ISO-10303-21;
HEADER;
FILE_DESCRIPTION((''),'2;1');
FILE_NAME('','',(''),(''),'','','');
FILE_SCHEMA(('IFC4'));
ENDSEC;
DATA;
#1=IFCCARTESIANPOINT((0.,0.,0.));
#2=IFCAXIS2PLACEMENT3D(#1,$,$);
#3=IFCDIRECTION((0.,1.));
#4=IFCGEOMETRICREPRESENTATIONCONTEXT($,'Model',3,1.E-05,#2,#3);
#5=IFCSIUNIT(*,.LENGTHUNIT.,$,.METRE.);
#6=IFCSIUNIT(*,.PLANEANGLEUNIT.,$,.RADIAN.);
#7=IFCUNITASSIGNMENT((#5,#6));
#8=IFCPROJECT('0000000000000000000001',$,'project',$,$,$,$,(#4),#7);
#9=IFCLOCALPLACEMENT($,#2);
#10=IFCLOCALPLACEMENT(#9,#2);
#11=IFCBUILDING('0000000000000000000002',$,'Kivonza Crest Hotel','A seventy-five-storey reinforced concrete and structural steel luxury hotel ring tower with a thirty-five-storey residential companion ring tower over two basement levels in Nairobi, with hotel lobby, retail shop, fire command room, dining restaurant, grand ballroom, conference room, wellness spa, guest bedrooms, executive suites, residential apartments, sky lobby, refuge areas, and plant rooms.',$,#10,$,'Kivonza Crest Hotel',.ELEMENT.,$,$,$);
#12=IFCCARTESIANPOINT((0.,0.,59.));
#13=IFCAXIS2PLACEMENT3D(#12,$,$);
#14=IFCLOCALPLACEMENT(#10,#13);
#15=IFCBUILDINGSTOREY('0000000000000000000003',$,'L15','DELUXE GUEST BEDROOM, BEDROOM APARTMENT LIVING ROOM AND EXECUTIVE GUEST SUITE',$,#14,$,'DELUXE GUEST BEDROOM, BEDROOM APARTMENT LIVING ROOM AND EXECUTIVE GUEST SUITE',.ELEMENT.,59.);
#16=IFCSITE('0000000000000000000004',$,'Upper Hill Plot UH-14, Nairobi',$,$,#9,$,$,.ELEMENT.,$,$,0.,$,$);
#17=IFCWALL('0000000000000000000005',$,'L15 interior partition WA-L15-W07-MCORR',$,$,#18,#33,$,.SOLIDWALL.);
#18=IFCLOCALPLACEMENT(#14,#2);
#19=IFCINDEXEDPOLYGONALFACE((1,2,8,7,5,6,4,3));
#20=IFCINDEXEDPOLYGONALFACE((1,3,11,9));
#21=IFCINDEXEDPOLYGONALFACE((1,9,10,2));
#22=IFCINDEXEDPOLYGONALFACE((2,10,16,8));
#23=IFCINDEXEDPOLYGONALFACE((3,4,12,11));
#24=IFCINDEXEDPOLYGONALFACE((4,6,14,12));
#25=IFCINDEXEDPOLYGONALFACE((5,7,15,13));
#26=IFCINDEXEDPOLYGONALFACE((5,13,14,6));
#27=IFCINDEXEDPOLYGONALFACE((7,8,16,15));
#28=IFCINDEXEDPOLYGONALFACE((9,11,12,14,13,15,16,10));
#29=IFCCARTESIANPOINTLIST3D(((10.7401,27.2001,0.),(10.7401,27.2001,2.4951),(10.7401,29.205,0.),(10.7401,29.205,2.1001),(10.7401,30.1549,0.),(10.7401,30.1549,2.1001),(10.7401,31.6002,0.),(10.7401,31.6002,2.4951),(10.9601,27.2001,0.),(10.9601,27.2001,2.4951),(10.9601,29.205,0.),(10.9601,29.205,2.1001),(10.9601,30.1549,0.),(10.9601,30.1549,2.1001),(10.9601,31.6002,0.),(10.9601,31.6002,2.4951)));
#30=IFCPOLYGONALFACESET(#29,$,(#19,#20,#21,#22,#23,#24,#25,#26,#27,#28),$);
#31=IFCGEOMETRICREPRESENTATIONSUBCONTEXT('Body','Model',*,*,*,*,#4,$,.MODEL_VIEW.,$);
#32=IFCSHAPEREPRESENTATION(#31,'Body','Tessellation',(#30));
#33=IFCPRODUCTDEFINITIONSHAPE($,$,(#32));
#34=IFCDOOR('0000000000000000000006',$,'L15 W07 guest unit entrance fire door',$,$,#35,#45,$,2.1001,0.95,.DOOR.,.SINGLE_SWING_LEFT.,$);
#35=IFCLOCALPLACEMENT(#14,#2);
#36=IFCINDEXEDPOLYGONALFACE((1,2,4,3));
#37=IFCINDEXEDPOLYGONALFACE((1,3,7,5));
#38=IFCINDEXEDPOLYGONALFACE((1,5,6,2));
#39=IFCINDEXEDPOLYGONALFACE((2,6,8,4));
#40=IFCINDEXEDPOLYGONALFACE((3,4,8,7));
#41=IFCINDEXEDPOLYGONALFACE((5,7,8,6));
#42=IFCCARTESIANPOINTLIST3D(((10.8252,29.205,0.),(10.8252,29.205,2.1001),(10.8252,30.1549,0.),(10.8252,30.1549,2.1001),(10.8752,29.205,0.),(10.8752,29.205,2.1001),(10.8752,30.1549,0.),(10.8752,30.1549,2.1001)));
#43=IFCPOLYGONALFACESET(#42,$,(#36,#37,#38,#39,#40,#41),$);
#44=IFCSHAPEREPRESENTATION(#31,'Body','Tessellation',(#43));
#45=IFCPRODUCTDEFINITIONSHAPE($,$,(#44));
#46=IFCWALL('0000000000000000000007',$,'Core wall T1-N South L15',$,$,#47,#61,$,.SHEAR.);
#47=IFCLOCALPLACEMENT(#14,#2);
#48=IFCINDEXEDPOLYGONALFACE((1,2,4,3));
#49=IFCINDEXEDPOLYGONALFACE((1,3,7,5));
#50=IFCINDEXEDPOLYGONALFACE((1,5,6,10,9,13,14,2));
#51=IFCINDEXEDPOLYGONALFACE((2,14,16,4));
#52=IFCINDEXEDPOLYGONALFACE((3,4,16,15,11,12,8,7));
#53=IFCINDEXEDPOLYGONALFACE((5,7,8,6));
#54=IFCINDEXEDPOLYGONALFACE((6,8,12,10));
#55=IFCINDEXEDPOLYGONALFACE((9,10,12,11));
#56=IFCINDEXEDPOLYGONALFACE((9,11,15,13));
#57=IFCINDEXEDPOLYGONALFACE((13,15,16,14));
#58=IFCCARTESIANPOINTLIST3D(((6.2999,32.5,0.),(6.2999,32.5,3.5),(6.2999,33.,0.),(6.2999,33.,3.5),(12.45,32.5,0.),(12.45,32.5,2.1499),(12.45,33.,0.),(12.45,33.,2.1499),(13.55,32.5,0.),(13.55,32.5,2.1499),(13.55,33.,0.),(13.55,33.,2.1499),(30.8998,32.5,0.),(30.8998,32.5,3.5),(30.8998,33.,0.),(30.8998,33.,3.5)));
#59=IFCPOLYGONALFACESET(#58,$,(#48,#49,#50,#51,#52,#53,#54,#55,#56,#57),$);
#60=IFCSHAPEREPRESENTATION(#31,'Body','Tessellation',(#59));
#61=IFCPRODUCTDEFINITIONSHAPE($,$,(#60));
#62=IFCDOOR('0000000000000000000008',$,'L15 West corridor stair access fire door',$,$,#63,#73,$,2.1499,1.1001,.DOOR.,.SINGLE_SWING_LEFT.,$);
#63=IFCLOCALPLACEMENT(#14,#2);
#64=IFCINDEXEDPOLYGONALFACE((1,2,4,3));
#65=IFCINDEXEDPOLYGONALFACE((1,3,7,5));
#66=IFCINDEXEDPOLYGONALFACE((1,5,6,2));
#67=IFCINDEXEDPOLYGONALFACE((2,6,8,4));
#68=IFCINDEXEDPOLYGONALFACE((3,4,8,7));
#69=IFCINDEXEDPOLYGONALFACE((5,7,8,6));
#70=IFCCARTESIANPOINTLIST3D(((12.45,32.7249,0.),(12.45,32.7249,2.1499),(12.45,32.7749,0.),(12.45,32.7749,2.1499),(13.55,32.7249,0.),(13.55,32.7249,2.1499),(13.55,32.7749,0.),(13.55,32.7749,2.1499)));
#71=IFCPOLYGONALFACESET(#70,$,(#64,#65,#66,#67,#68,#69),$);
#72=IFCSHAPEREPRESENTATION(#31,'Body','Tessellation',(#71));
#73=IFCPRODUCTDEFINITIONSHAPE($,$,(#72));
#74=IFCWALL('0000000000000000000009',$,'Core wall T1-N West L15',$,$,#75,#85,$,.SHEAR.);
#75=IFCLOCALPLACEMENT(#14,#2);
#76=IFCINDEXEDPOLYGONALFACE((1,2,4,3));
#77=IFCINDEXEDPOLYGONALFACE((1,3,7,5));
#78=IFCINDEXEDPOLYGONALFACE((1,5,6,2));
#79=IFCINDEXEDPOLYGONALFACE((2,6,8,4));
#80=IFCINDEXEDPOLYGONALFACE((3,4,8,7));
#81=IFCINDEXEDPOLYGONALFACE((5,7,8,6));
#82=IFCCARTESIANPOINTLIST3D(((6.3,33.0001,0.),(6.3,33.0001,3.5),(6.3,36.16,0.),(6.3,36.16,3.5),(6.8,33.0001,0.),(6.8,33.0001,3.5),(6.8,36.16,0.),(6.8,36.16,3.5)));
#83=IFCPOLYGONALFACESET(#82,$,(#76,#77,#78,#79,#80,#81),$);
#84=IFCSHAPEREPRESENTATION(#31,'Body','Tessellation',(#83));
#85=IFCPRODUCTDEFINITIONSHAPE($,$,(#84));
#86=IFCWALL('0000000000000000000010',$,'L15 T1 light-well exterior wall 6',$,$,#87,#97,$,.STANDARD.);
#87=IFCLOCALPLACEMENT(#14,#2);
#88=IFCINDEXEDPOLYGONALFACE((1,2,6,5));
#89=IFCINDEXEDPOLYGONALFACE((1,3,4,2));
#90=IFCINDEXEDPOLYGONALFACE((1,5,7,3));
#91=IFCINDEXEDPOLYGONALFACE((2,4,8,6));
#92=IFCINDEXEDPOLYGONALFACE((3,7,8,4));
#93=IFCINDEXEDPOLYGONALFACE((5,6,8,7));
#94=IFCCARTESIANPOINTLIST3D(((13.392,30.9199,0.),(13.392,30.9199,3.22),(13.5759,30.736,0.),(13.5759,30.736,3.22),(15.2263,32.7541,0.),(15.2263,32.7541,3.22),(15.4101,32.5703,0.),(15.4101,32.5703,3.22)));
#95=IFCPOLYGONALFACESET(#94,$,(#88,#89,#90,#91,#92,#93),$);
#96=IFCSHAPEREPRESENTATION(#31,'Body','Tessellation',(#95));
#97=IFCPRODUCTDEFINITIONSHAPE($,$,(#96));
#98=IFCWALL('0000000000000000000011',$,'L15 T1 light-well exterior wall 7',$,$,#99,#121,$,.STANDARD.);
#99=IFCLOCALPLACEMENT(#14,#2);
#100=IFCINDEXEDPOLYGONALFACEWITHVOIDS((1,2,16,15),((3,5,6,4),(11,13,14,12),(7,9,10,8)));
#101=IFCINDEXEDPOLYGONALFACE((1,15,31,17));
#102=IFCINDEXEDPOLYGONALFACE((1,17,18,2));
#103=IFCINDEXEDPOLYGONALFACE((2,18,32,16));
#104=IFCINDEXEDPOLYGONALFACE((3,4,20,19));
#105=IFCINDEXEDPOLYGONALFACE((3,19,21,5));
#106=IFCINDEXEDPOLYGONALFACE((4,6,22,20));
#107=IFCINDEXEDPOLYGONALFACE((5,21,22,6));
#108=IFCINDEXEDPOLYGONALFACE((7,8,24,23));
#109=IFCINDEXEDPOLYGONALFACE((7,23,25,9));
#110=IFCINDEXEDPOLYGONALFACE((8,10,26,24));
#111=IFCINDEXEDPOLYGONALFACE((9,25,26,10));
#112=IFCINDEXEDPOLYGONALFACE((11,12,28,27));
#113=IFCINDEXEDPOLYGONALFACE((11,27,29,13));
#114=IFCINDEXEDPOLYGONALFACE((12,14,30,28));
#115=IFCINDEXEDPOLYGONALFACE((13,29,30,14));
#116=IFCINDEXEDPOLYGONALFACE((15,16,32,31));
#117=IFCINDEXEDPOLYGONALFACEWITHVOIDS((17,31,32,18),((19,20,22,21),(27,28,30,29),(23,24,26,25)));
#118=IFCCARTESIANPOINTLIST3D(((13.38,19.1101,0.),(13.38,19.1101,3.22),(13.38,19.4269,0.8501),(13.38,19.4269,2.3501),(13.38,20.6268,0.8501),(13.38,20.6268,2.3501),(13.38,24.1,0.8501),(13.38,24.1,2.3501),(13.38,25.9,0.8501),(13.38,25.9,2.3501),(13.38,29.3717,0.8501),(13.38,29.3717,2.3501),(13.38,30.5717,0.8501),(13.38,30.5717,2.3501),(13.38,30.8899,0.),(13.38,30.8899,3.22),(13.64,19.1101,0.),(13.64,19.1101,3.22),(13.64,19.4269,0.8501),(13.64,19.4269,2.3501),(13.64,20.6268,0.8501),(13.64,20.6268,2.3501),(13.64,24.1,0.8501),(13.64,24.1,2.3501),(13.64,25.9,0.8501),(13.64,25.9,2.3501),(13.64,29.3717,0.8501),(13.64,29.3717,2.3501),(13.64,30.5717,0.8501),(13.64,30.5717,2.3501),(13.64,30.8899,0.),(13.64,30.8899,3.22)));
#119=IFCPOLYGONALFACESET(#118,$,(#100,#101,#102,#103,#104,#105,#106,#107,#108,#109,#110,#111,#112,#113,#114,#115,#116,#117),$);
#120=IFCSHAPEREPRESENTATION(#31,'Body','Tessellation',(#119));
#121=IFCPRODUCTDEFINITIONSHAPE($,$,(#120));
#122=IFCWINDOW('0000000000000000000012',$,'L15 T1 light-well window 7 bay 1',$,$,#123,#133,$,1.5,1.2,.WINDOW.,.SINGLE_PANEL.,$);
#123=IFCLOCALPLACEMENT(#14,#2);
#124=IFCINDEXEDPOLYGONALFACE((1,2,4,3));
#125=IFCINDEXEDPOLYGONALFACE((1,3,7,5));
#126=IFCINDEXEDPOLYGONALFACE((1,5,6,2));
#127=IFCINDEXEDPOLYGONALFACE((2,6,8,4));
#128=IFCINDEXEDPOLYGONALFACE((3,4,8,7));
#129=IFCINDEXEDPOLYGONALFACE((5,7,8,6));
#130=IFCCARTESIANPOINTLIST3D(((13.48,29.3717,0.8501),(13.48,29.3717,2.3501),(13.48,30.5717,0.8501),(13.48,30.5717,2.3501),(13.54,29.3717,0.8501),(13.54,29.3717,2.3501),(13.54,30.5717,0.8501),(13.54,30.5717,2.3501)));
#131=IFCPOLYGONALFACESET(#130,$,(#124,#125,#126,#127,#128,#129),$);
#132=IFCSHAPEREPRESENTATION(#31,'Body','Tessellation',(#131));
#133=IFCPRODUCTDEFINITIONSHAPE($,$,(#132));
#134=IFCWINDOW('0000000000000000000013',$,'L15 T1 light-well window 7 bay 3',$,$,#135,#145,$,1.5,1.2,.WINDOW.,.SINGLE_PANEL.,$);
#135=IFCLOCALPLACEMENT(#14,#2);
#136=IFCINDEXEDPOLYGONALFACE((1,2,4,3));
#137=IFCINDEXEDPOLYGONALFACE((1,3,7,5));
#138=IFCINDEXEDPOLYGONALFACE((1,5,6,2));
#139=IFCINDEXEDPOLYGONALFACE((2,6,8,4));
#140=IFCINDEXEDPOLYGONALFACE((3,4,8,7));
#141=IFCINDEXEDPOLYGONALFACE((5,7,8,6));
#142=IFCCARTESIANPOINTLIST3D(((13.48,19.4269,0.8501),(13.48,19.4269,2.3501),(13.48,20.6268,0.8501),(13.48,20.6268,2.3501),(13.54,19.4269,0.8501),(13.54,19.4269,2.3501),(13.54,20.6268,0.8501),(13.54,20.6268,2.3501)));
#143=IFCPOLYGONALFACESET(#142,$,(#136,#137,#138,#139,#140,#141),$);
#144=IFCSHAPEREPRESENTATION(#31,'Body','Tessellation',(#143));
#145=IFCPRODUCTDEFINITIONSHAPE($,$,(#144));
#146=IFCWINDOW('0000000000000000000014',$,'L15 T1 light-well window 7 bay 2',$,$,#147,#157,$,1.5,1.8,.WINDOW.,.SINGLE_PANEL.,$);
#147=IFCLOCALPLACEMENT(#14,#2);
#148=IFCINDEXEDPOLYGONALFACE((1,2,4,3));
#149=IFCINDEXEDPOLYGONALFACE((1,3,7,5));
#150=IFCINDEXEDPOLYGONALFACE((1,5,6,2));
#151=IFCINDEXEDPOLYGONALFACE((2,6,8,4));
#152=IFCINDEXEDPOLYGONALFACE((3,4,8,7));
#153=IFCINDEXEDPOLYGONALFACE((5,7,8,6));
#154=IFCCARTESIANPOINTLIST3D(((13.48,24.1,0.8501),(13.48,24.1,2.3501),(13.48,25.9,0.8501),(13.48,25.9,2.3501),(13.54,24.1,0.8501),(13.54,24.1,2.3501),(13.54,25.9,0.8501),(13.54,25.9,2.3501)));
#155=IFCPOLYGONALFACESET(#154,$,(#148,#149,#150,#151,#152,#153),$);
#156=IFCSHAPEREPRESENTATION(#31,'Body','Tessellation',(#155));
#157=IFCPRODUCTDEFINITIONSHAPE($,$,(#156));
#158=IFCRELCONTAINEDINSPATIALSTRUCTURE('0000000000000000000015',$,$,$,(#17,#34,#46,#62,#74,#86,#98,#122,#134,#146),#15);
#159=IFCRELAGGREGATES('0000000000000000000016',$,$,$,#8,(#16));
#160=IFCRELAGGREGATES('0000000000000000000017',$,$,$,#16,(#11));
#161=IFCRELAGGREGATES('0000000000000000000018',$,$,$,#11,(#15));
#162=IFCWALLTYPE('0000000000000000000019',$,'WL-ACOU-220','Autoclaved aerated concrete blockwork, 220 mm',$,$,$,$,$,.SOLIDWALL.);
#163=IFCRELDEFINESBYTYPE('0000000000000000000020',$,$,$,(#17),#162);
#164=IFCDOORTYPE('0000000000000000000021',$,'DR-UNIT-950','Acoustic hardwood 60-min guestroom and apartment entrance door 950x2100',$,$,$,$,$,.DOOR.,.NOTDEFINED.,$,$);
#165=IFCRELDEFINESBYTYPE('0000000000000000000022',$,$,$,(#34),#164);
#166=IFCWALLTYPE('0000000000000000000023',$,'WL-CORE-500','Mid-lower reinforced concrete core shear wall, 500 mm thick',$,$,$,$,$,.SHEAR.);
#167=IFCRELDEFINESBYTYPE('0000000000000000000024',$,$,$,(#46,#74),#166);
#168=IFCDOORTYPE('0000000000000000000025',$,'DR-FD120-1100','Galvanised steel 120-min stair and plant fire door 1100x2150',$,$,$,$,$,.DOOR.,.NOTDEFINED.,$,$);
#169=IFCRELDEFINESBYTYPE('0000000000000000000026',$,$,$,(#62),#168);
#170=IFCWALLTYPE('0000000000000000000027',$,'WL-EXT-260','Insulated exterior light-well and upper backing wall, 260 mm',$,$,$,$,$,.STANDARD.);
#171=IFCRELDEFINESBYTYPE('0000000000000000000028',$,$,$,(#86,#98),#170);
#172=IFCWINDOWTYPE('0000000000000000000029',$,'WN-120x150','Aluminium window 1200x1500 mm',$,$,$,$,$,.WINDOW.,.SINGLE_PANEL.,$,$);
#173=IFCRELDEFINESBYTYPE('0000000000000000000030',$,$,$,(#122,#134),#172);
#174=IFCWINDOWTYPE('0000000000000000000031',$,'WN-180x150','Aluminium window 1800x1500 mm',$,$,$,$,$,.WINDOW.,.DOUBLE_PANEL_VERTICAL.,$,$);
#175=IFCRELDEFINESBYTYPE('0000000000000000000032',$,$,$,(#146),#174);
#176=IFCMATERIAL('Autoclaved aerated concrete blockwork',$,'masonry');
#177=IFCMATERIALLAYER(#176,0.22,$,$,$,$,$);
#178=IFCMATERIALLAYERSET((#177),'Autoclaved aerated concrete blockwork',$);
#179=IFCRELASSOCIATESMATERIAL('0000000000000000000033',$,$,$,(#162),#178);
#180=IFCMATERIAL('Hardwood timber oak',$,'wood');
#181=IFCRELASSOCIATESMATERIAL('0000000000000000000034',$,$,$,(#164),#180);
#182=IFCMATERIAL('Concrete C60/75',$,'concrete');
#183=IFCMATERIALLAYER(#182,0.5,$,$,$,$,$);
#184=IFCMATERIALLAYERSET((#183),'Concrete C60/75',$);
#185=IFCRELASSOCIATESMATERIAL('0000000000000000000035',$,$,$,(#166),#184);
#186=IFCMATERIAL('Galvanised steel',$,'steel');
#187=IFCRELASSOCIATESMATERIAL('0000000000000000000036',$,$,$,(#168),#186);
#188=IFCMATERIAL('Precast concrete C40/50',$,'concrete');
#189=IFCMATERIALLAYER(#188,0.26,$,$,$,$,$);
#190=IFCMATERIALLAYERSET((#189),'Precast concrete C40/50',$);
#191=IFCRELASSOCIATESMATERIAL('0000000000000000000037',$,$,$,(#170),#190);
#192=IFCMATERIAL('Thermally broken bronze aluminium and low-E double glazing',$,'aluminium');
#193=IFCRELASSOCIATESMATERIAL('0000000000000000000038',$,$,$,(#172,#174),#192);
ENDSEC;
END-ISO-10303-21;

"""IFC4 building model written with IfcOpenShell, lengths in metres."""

from ifc_helpers import new_model, si_unit, direction, frame, frame_2d, origin, place, context, subcontext, project, spatial, rectangle, extrude, material, layer, layer_set, type_object, element, fill, save


model = new_model("IFC4")

# Units and contexts
model_context = context("Model", 3, precision=1e-05, world=origin(), true_north=direction((0.0, 1.0)))
body_context = subcontext(model_context, "Body", "Model", "MODEL_VIEW")
ifc_project = project(units=[si_unit("LENGTHUNIT", "METRE"), si_unit("PLANEANGLEUNIT", "RADIAN")], contexts=[model_context])

# Site, building, storey
site_placement = place(None, origin())
site = spatial("IfcSite", under=ifc_project, at=site_placement, Name="Upper Hill Plot UH-14, Nairobi", CompositionType="ELEMENT", RefElevation=0.0)
building_placement = place(site_placement, origin())
building = spatial("IfcBuilding", under=site, at=building_placement, Name="Kivonza Crest Hotel", Description="A seventy-five-storey reinforced concrete and structural steel luxury hotel ring tower with a thirty-five-storey residential companion ring tower over two basement levels in Nairobi, with hotel lobby, retail shop, fire command room, dining restaurant, grand ballroom, conference room, wellness spa, guest bedrooms, executive suites, residential apartments, sky lobby, refuge areas, and plant rooms.", LongName="Kivonza Crest Hotel", CompositionType="ELEMENT")
storey_placement = place(building_placement, frame((0.0, 0.0, 59.0)))
storey = spatial("IfcBuildingStorey", under=building, at=storey_placement, Name="L15", Description="DELUXE GUEST BEDROOM, BEDROOM APARTMENT LIVING ROOM AND EXECUTIVE GUEST SUITE", LongName="DELUXE GUEST BEDROOM, BEDROOM APARTMENT LIVING ROOM AND EXECUTIVE GUEST SUITE", CompositionType="ELEMENT", Elevation=59.0)

# Shared definitions
ifc_material_1 = material(Name="Concrete C60/75", Category="concrete")

# Shared definitions
ifc_material_2 = material(Name="Autoclaved aerated concrete blockwork", Category="masonry")
ifc_layer_1 = layer(ifc_material_2, 0.22)
ifc_layer_set_1 = layer_set([ifc_layer_1], Name="Autoclaved aerated concrete blockwork")
wall_type_1 = type_object("IfcWallType", Name="WL-ACOU-220", Description="Autoclaved aerated concrete blockwork, 220 mm", PredefinedType="SOLIDWALL", material=ifc_layer_set_1)

# Walls, openings, doors
wall_1_placement = place(storey_placement, frame((10.8501, 27.2, 0.0), z_axis=(0.0, 0.0, 1.0), x_axis=(0.0, 1.0, 0.0)))
wall_1 = element("IfcWall", 1, at=wall_1_placement, inside=storey, type_object=wall_type_1, Name="L15 interior partition WA-L15-W07-MCORR", PredefinedType="SOLIDWALL", context=body_context, shape_type="SweptSolid", body=[
    extrude(rectangle(XDim=4.4001, YDim=0.22, at=frame_2d((2.2002, 0.0))), origin(), (0.0, 0.0, 1.0), 2.4951),
])
opening_1_placement = place(wall_1_placement, frame((2.0049, 0.0, 0.0)))
opening_1 = element("IfcOpeningElement", 2, at=opening_1_placement, cuts=wall_1, PredefinedType="OPENING", context=body_context, shape_type="SweptSolid", body=[
    extrude(rectangle(XDim=0.95, YDim=2.1001, at=frame_2d((0.4751, 1.05))), frame((0.0, 0.1201, 0.0), z_axis=(0.0, -1.0, 0.0), x_axis=(1.0, 0.0, 0.0)), (0.0, 0.0, 1.0), 0.24),
])
ifc_material_3 = material(Name="Hardwood timber oak", Category="wood")
door_type_1 = type_object("IfcDoorType", Name="DR-UNIT-950", Description="Acoustic hardwood 60-min guestroom and apartment entrance door 950x2100", OperationType="NOTDEFINED", PredefinedType="DOOR", material=ifc_material_3)
door_1_placement = place(opening_1_placement, origin())
door_1 = element("IfcDoor", 3, at=door_1_placement, inside=storey, type_object=door_type_1, Name="L15 W07 guest unit entrance fire door", OperationType="SINGLE_SWING_LEFT", OverallHeight=2.1001, OverallWidth=0.95, PredefinedType="DOOR", context=body_context, shape_type="SweptSolid", body=[
    extrude(rectangle(XDim=0.95, YDim=2.1001, at=frame_2d((0.4751, 1.05))), frame((0.0, 0.0249, 0.0), z_axis=(0.0, -1.0, 0.0), x_axis=(1.0, 0.0, 0.0)), (0.0, 0.0, 1.0), 0.05),
])
fill(opening_1, door_1)
ifc_layer_2 = layer(ifc_material_1, 0.5)
ifc_layer_set_2 = layer_set([ifc_layer_2], Name="Concrete C60/75")
wall_type_2 = type_object("IfcWallType", Name="WL-CORE-500", Description="Mid-lower reinforced concrete core shear wall, 500 mm thick", PredefinedType="SHEAR", material=ifc_layer_set_2)
wall_2_placement = place(storey_placement, frame((6.3, 32.75, 0.0), z_axis=(0.0, 0.0, 1.0), x_axis=(1.0, 0.0, 0.0)))
wall_2 = element("IfcWall", 4, at=wall_2_placement, inside=storey, type_object=wall_type_2, Name="Core wall T1-N South L15", PredefinedType="SHEAR", context=body_context, shape_type="SweptSolid", body=[
    extrude(rectangle(XDim=24.5999, YDim=0.5, at=frame_2d((12.2998, 0.0))), origin(), (0.0, 0.0, 1.0), 3.5),
])
opening_2_placement = place(wall_2_placement, frame((6.1499, 0.0, 0.0)))
opening_2 = element("IfcOpeningElement", 5, at=opening_2_placement, cuts=wall_2, PredefinedType="OPENING", context=body_context, shape_type="SweptSolid", body=[
    extrude(rectangle(XDim=1.1001, YDim=2.1499, at=frame_2d((0.55, 1.075))), frame((0.0, 0.26, 0.0), z_axis=(0.0, -1.0, 0.0), x_axis=(1.0, 0.0, 0.0)), (0.0, 0.0, 1.0), 0.52),
])
ifc_material_4 = material(Name="Galvanised steel", Category="steel")
door_type_2 = type_object("IfcDoorType", Name="DR-FD120-1100", Description="Galvanised steel 120-min stair and plant fire door 1100x2150", OperationType="NOTDEFINED", PredefinedType="DOOR", material=ifc_material_4)
door_2_placement = place(opening_2_placement, origin())
door_2 = element("IfcDoor", 6, at=door_2_placement, inside=storey, type_object=door_type_2, Name="L15 West corridor stair access fire door", OperationType="SINGLE_SWING_LEFT", OverallHeight=2.1499, OverallWidth=1.1001, PredefinedType="DOOR", context=body_context, shape_type="SweptSolid", body=[
    extrude(rectangle(XDim=1.1001, YDim=2.1499, at=frame_2d((0.55, 1.075))), frame((0.0, 0.0249, 0.0), z_axis=(0.0, -1.0, 0.0), x_axis=(1.0, 0.0, 0.0)), (0.0, 0.0, 1.0), 0.05),
])
fill(opening_2, door_2)

# Walls
wall_3_placement = place(storey_placement, frame((6.55, 33.0, 0.0), z_axis=(0.0, 0.0, 1.0), x_axis=(0.0, 1.0, 0.0)))
element("IfcWall", 7, at=wall_3_placement, inside=storey, type_object=wall_type_2, Name="Core wall T1-N West L15", PredefinedType="SHEAR", context=body_context, shape_type="SweptSolid", body=[
    extrude(rectangle(XDim=3.1599, YDim=0.5, at=frame_2d((1.5801, 0.0))), origin(), (0.0, 0.0, 1.0), 3.5),
])
ifc_material_5 = material(Name="Precast concrete C40/50", Category="concrete")
ifc_layer_3 = layer(ifc_material_5, 0.26)
ifc_layer_set_3 = layer_set([ifc_layer_3], Name="Precast concrete C40/50")
wall_type_3 = type_object("IfcWallType", Name="WL-EXT-260", Description="Insulated exterior light-well and upper backing wall, 260 mm", PredefinedType="STANDARD", material=ifc_layer_set_3)
wall_4_placement = place(storey_placement, frame((15.3181, 32.6621, 0.0), z_axis=(0.0, 0.0, 1.0), x_axis=(-0.707107, -0.707107, 0.0)))
element("IfcWall", 8, at=wall_4_placement, inside=storey, type_object=wall_type_3, Name="L15 T1 light-well exterior wall 6", PredefinedType="STANDARD", context=body_context, shape_type="SweptSolid", body=[
    extrude(rectangle(XDim=2.594, YDim=0.26, at=frame_2d((1.2969, 0.0))), origin(), (0.0, 0.0, 1.0), 3.22),
])

# Wall, openings, windows
wall_5_placement = place(storey_placement, frame((13.51, 30.8899, 0.0), z_axis=(0.0, 0.0, 1.0), x_axis=(0.0, -1.0, 0.0)))
wall_5 = element("IfcWall", 9, at=wall_5_placement, inside=storey, type_object=wall_type_3, Name="L15 T1 light-well exterior wall 7", PredefinedType="STANDARD", context=body_context, shape_type="SweptSolid", body=[
    extrude(rectangle(XDim=11.7798, YDim=0.26, at=frame_2d((5.8899, 0.0))), origin(), (0.0, 0.0, 1.0), 3.22),
])
opening_3_placement = place(wall_5_placement, frame((0.3181, 0.0, 0.8501)))
opening_3 = element("IfcOpeningElement", 10, at=opening_3_placement, cuts=wall_5, PredefinedType="OPENING", context=body_context, shape_type="SweptSolid", body=[
    extrude(rectangle(XDim=1.2, YDim=1.5, at=frame_2d((0.6001, 0.75))), frame((0.0, 0.1401, 0.0), z_axis=(0.0, -1.0, 0.0), x_axis=(1.0, 0.0, 0.0)), (0.0, 0.0, 1.0), 0.28),
])
opening_4_placement = place(wall_5_placement, frame((4.99, 0.0, 0.8501)))
opening_4 = element("IfcOpeningElement", 11, at=opening_4_placement, cuts=wall_5, PredefinedType="OPENING", context=body_context, shape_type="SweptSolid", body=[
    extrude(rectangle(XDim=1.8, YDim=1.5, at=frame_2d((0.8999, 0.75))), frame((0.0, 0.1401, 0.0), z_axis=(0.0, -1.0, 0.0), x_axis=(1.0, 0.0, 0.0)), (0.0, 0.0, 1.0), 0.28),
])
opening_5_placement = place(wall_5_placement, frame((10.2629, 0.0, 0.8501)))
opening_5 = element("IfcOpeningElement", 12, at=opening_5_placement, cuts=wall_5, PredefinedType="OPENING", context=body_context, shape_type="SweptSolid", body=[
    extrude(rectangle(XDim=1.2, YDim=1.5, at=frame_2d((0.6001, 0.75))), frame((0.0, 0.1401, 0.0), z_axis=(0.0, -1.0, 0.0), x_axis=(1.0, 0.0, 0.0)), (0.0, 0.0, 1.0), 0.28),
])
ifc_material_6 = material(Name="Thermally broken bronze aluminium and low-E double glazing", Category="aluminium")
window_type_1 = type_object("IfcWindowType", Name="WN-120x150", Description="Aluminium window 1200x1500 mm", PartitioningType="SINGLE_PANEL", PredefinedType="WINDOW", material=ifc_material_6)
window_1_placement = place(opening_3_placement, origin())
window_1 = element("IfcWindow", 13, at=window_1_placement, inside=storey, type_object=window_type_1, Name="L15 T1 light-well window 7 bay 1", OverallHeight=1.5, OverallWidth=1.2, PartitioningType="SINGLE_PANEL", PredefinedType="WINDOW", context=body_context, shape_type="SweptSolid", body=[
    extrude(rectangle(XDim=1.2, YDim=1.5, at=frame_2d((0.6001, 0.75))), frame((0.0, 0.03, 0.0), z_axis=(0.0, -1.0, 0.0), x_axis=(1.0, 0.0, 0.0)), (0.0, 0.0, 1.0), 0.0601),
])
fill(opening_3, window_1)
window_2_placement = place(opening_5_placement, origin())
window_2 = element("IfcWindow", 14, at=window_2_placement, inside=storey, type_object=window_type_1, Name="L15 T1 light-well window 7 bay 3", OverallHeight=1.5, OverallWidth=1.2, PartitioningType="SINGLE_PANEL", PredefinedType="WINDOW", context=body_context, shape_type="SweptSolid", body=[
    extrude(rectangle(XDim=1.2, YDim=1.5, at=frame_2d((0.6001, 0.75))), frame((0.0, 0.03, 0.0), z_axis=(0.0, -1.0, 0.0), x_axis=(1.0, 0.0, 0.0)), (0.0, 0.0, 1.0), 0.0601),
])
fill(opening_5, window_2)
window_type_2 = type_object("IfcWindowType", Name="WN-180x150", Description="Aluminium window 1800x1500 mm", PartitioningType="DOUBLE_PANEL_VERTICAL", PredefinedType="WINDOW", material=ifc_material_6)
window_3_placement = place(opening_4_placement, origin())
window_3 = element("IfcWindow", 15, at=window_3_placement, inside=storey, type_object=window_type_2, Name="L15 T1 light-well window 7 bay 2", OverallHeight=1.5, OverallWidth=1.8, PartitioningType="SINGLE_PANEL", PredefinedType="WINDOW", context=body_context, shape_type="SweptSolid", body=[
    extrude(rectangle(XDim=1.8, YDim=1.5, at=frame_2d((0.8999, 0.75))), frame((0.0, 0.03, 0.0), z_axis=(0.0, -1.0, 0.0), x_axis=(1.0, 0.0, 0.0)), (0.0, 0.0, 1.0), 0.0601),
])
fill(opening_4, window_3)

save(model, "model.ifc")
